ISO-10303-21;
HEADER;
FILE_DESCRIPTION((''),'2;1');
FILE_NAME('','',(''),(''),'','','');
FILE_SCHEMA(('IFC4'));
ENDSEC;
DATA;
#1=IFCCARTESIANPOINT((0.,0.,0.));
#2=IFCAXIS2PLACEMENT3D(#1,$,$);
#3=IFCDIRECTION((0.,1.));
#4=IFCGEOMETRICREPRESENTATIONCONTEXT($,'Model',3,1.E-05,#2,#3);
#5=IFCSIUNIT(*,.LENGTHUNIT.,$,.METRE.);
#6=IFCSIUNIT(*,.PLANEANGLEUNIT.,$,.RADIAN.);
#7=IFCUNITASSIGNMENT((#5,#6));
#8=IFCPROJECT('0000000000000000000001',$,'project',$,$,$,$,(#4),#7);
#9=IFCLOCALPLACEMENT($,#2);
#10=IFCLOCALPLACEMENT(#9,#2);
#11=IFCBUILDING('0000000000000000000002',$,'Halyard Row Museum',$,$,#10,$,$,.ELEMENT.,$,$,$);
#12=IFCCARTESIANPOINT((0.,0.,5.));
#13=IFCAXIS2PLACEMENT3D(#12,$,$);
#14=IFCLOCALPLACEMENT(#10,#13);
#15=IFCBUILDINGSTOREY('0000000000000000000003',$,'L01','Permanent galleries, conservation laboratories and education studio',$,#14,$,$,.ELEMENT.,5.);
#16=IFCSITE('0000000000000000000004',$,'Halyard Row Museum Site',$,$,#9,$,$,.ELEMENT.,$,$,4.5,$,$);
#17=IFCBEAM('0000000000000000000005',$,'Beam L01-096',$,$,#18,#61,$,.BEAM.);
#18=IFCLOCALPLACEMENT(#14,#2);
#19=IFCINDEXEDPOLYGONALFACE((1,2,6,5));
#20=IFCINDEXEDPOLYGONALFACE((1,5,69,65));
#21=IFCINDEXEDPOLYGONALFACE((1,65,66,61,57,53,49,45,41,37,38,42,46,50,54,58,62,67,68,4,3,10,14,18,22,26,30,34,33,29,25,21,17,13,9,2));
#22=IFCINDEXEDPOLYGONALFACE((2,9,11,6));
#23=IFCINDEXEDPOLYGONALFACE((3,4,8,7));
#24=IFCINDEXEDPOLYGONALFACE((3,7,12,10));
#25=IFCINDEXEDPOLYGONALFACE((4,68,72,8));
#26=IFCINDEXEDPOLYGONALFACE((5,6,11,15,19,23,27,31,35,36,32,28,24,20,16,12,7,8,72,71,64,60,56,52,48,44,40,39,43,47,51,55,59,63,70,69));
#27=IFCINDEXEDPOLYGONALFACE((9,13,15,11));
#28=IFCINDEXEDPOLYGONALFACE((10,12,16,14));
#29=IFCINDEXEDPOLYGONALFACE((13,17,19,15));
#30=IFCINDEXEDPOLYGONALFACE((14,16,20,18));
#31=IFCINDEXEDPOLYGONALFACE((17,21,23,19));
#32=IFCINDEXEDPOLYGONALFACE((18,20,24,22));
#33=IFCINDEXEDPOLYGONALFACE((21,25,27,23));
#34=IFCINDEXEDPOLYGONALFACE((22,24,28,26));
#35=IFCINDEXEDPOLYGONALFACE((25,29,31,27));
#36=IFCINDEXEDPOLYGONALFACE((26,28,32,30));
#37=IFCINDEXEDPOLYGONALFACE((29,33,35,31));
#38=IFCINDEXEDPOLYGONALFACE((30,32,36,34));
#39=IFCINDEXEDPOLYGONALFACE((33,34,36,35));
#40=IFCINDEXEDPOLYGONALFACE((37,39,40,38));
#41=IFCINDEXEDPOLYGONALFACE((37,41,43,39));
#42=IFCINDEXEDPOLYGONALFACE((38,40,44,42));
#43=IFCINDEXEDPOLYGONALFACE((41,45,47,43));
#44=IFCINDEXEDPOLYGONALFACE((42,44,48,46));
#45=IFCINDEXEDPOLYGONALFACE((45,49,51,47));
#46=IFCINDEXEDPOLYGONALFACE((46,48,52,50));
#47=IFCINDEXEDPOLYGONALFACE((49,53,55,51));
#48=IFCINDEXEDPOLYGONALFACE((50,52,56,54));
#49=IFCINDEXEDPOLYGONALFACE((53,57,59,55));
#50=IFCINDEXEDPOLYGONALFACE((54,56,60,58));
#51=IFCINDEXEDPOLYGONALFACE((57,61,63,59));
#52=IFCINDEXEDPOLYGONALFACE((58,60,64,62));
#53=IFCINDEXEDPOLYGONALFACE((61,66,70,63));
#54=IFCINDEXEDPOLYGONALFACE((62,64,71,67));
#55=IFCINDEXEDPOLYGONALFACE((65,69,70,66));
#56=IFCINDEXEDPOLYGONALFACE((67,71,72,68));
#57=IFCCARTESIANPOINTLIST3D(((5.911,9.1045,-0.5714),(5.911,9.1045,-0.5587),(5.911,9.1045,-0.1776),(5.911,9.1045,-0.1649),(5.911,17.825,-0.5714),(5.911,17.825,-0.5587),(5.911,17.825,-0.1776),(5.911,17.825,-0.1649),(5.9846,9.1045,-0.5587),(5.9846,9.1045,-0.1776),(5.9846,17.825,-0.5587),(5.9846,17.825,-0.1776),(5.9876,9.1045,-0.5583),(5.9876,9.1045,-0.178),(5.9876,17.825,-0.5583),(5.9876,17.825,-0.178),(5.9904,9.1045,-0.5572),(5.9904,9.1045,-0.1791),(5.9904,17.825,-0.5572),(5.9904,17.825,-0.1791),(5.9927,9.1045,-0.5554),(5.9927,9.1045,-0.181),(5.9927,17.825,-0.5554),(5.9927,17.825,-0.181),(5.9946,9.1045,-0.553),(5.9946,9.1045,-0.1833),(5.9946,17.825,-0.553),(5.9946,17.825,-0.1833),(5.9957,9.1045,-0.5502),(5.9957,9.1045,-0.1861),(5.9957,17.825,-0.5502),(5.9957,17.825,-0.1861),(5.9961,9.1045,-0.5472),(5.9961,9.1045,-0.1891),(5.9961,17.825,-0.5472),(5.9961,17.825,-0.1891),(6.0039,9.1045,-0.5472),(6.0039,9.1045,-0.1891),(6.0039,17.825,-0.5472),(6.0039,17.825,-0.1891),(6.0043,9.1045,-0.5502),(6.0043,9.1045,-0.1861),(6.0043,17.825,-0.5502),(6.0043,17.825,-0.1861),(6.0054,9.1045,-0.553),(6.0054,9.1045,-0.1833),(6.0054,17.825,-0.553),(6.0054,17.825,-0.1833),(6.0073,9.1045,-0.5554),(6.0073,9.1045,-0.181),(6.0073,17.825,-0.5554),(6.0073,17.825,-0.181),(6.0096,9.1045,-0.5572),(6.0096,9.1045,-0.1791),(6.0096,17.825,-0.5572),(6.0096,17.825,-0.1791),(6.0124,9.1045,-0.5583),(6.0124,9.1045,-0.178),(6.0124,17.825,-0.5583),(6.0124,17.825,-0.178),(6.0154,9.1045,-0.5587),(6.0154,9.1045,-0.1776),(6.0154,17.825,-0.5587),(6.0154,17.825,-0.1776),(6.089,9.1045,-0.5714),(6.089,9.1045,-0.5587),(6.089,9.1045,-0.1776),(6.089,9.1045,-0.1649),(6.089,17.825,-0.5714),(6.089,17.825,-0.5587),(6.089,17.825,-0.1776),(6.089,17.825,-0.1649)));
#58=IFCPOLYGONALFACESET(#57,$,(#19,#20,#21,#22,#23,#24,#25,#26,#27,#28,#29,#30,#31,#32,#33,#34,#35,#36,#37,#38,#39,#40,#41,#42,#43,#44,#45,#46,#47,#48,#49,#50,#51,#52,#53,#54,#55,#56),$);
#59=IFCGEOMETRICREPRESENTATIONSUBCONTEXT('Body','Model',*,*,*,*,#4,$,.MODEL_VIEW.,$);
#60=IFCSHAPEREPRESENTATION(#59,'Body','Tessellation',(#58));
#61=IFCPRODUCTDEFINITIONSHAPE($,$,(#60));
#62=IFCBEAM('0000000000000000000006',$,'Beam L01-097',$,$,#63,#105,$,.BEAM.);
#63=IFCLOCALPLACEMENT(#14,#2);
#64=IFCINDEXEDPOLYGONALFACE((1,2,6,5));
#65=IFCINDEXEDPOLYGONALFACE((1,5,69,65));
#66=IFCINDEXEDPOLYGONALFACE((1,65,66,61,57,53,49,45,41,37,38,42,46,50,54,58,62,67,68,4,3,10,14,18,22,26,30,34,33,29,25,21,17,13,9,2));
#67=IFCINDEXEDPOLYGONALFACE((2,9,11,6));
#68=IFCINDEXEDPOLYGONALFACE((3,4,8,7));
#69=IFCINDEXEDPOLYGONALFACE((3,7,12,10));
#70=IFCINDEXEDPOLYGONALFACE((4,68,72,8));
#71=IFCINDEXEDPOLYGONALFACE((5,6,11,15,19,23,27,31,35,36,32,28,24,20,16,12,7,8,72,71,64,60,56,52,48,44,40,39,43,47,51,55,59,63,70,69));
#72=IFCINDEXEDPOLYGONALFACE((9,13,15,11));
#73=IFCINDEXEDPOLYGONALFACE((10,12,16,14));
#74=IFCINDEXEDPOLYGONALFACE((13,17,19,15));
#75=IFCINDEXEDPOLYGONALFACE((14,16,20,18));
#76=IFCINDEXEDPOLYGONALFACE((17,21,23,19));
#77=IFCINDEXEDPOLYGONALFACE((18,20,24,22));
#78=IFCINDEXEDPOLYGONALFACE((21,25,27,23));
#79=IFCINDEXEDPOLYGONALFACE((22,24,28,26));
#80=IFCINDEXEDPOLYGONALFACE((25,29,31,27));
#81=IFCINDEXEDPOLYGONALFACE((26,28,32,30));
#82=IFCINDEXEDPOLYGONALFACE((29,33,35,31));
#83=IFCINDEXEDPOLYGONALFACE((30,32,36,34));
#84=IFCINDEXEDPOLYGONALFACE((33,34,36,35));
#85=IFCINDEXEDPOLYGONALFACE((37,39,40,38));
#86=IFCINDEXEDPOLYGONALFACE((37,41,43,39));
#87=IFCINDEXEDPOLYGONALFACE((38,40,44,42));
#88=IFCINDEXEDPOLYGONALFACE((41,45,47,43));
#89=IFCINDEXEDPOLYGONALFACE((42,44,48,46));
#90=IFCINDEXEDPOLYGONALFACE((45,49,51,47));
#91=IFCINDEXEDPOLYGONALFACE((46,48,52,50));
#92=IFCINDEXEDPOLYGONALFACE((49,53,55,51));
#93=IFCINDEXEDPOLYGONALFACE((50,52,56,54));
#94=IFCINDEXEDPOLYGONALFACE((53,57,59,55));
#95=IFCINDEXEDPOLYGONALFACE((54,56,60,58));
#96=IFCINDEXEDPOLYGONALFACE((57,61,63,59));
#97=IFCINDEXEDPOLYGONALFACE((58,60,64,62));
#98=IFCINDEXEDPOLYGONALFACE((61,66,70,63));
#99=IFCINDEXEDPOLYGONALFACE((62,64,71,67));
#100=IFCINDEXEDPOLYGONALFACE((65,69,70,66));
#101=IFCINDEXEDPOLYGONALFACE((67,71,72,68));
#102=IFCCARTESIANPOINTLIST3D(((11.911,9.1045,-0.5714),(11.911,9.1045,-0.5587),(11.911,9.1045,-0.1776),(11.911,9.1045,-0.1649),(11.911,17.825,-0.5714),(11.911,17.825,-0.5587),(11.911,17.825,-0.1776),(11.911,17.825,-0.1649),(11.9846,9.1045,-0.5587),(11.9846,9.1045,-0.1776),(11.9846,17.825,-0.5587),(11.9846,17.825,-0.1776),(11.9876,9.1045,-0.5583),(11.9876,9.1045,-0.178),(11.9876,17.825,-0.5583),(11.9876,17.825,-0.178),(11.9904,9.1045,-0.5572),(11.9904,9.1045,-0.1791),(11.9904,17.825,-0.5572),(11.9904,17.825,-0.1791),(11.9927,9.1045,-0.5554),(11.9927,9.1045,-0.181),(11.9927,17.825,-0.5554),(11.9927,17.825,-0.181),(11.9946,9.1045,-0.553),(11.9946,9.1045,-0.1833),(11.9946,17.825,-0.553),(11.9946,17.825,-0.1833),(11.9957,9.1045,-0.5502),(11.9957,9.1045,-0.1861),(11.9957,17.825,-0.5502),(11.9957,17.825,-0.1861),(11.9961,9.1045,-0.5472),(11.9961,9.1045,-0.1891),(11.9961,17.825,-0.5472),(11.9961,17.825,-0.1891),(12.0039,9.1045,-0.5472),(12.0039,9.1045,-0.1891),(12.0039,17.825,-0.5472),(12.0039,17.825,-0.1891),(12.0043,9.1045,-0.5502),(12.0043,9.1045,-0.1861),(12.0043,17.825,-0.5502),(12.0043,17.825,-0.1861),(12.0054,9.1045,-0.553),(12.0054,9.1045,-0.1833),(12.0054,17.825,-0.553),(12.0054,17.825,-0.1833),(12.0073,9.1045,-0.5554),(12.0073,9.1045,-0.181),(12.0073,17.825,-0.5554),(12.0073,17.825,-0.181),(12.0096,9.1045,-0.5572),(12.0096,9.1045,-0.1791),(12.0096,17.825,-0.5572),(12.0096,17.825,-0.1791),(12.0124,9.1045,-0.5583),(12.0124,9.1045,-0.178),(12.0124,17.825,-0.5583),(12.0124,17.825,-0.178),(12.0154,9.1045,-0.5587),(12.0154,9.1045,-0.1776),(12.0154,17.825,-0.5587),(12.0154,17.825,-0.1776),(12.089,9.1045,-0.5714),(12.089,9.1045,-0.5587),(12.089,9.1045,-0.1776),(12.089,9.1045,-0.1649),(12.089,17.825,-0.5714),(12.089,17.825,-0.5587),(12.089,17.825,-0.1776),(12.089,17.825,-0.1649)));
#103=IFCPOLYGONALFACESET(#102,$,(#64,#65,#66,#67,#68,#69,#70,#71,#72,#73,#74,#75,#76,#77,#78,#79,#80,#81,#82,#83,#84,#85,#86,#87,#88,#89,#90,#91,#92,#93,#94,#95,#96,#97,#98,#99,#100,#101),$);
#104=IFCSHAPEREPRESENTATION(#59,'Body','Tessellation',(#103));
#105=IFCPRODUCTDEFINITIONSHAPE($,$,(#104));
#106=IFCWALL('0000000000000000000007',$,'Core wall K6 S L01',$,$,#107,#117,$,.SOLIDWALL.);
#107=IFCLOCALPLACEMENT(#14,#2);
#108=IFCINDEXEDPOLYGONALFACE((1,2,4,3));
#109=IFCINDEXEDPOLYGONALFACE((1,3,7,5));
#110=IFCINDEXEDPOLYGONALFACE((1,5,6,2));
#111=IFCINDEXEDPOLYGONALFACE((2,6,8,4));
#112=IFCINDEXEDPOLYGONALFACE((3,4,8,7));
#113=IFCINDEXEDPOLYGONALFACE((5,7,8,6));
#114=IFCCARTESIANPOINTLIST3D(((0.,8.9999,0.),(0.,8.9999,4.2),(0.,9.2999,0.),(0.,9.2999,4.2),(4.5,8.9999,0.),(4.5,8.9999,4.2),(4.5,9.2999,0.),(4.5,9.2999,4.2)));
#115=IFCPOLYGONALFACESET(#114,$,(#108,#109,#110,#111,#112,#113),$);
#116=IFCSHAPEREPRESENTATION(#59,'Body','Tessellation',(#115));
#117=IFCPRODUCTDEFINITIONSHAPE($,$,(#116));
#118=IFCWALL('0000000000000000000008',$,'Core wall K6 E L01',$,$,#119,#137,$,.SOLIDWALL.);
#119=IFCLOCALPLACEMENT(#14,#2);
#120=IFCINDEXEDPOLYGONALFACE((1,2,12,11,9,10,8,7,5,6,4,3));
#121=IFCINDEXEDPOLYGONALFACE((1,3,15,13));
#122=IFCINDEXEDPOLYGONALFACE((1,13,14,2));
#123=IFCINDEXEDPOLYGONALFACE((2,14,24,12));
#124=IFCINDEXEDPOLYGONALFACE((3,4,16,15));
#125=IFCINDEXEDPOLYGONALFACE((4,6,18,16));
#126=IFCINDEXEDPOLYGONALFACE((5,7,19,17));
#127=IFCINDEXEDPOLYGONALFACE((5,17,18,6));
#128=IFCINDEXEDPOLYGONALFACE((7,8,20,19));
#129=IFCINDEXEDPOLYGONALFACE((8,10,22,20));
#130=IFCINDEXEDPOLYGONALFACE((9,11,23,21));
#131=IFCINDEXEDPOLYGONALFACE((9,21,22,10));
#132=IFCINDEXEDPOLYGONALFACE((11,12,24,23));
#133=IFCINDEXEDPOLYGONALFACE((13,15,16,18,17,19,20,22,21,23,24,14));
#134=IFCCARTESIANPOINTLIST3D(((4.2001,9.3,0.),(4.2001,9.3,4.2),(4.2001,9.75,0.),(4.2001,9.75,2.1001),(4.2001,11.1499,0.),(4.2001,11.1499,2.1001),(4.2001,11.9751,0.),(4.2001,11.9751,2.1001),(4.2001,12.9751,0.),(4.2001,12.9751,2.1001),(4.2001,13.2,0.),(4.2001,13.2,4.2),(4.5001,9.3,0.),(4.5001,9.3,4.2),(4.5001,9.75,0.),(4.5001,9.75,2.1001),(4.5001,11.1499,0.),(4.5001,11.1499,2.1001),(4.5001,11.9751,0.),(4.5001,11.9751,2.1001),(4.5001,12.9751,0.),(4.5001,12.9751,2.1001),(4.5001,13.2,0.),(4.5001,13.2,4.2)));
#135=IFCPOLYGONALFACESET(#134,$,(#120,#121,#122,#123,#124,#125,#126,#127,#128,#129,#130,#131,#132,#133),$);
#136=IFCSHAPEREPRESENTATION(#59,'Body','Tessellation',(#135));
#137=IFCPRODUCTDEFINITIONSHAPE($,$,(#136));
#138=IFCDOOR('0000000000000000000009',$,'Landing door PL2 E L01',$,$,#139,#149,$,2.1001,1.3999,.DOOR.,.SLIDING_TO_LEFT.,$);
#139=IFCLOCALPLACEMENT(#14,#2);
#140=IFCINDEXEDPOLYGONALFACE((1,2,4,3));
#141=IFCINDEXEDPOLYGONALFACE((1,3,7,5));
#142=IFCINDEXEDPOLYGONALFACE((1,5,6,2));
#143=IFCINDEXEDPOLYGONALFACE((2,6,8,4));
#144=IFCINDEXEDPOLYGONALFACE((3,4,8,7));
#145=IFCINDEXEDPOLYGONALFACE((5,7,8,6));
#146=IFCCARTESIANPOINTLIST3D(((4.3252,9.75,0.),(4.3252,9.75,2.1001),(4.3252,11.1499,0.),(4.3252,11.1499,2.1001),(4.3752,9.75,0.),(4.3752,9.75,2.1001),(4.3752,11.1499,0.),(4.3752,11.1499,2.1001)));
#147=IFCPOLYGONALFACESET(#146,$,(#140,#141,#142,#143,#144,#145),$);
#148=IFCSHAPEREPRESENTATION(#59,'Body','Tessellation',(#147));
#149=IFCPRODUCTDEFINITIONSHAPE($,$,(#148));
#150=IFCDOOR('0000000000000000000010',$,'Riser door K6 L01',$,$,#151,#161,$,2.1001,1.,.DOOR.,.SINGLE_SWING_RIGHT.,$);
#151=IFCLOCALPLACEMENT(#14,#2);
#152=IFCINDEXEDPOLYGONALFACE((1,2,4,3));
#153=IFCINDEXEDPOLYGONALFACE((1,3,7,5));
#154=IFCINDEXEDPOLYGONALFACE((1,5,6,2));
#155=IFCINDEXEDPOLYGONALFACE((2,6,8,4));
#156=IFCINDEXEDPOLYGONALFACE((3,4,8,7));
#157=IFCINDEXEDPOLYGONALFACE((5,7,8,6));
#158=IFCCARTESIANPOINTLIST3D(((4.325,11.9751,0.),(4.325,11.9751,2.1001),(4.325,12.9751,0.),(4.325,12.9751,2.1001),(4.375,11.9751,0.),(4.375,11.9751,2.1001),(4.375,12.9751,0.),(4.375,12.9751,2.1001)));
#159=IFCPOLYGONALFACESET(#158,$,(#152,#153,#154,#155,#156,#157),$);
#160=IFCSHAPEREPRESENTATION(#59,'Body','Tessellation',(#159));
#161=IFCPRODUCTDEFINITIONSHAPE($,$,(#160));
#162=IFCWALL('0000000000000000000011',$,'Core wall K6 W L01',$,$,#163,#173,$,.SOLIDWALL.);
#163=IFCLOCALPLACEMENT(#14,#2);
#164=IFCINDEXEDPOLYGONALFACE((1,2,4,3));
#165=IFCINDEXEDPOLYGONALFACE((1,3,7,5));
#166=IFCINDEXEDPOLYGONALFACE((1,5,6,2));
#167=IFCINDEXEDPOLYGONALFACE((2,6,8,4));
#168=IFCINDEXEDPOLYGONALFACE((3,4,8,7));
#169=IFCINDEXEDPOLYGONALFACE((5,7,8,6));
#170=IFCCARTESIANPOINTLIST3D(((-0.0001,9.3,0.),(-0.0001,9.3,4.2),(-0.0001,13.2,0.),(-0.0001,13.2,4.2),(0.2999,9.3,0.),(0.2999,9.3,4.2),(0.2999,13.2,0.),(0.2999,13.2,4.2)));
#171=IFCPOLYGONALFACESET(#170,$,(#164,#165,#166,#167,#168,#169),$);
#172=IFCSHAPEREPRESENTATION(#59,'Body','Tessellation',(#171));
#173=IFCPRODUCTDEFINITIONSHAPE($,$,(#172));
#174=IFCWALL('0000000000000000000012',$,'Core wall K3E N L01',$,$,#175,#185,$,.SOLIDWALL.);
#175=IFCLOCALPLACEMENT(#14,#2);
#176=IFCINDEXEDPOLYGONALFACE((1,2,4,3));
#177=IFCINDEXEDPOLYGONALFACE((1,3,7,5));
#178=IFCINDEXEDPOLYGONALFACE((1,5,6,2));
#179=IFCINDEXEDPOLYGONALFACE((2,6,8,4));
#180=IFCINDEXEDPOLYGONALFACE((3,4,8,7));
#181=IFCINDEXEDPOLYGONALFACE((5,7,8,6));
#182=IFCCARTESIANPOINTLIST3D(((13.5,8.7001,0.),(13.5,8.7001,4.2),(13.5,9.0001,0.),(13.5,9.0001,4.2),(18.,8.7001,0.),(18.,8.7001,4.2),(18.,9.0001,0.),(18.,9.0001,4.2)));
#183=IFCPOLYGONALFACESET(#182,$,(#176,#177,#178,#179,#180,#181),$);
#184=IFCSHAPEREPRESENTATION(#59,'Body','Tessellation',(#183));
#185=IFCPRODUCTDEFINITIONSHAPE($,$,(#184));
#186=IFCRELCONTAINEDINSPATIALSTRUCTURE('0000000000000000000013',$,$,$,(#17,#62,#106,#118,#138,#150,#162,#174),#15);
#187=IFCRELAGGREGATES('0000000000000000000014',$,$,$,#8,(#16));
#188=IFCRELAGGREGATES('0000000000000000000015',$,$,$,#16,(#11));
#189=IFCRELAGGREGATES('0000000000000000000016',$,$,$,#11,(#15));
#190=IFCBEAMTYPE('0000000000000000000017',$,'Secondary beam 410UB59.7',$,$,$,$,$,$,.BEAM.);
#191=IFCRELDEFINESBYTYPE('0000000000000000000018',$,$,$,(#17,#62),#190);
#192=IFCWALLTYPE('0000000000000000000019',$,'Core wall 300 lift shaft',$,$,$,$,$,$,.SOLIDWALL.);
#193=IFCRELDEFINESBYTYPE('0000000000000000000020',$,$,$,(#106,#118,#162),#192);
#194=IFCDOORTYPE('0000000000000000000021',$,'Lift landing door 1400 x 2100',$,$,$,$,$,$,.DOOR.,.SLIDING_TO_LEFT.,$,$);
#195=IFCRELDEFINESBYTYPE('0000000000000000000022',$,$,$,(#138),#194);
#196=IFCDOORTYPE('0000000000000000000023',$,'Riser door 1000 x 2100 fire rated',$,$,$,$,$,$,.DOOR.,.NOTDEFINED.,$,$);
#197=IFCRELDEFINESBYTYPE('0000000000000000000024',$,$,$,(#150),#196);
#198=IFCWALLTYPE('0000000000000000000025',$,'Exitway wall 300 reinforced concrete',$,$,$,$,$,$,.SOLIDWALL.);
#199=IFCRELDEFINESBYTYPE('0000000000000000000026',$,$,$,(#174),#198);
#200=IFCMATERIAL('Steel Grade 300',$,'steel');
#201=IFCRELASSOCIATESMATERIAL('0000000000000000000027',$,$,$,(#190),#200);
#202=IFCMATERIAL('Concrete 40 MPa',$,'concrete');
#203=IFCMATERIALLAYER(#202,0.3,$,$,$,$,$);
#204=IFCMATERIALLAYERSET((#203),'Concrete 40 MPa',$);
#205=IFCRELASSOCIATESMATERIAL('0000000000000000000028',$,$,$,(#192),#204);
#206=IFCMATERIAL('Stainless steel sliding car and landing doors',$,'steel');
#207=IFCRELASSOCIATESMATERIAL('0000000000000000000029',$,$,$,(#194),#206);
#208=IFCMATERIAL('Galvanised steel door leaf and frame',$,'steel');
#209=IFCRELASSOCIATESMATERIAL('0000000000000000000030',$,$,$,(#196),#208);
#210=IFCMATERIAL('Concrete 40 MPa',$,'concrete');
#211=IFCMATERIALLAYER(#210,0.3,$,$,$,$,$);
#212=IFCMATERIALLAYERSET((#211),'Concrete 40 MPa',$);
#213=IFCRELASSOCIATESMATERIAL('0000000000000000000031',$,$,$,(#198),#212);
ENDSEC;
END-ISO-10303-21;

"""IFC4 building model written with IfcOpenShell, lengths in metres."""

from ifc_helpers import new_model, si_unit, direction, frame, frame_2d, origin, origin_2d, place, context, subcontext, project, spatial, rectangle, i_section, extrude, material, layer, layer_set, material_profile, profile_set, type_object, element, fill, save


model = new_model("IFC4")

# Units and contexts
model_context = context("Model", 3, precision=1e-05, world=origin(), true_north=direction((0.0, 1.0)))
body_context = subcontext(model_context, "Body", "Model", "MODEL_VIEW")
ifc_project = project(units=[si_unit("LENGTHUNIT", "METRE"), si_unit("PLANEANGLEUNIT", "RADIAN")], contexts=[model_context])

# Site, building, storey
site_placement = place(None, origin())
site = spatial("IfcSite", under=ifc_project, at=site_placement, Name="Halyard Row Museum Site", CompositionType="ELEMENT", RefElevation=4.5)
building_placement = place(site_placement, origin())
building = spatial("IfcBuilding", under=site, at=building_placement, Name="Halyard Row Museum", CompositionType="ELEMENT")
storey_placement = place(building_placement, frame((0.0, 0.0, 5.0)))
storey = spatial("IfcBuildingStorey", under=building, at=storey_placement, Name="L01", Description="Permanent galleries, conservation laboratories and education studio", CompositionType="ELEMENT", Elevation=5.0)

# Beams
ifc_material_1 = material(Name="Steel Grade 300", Category="steel")
ifc_material_profile_1 = material_profile(ifc_material_1, i_section(OverallWidth=0.178, OverallDepth=0.4065, WebThickness=0.0078, FlangeThickness=0.0127, FilletRadius=0.0115, at=origin_2d()), Name="410UB59.7")
ifc_profile_set_1 = profile_set([ifc_material_profile_1], Name="Steel Grade 300")
beam_type_1 = type_object("IfcBeamType", Name="Secondary beam 410UB59.7", PredefinedType="BEAM", material=ifc_profile_set_1)
for number, where, z_axis, x_axis, name in (
    (1, (6.0, 9.1045, -0.3682), (0.0, 1.0, 0.0), (-1.0, 0.0, 0.0), "Beam L01-096"),
    (2, (12.0, 9.1045, -0.3682), (0.0, 1.0, 0.0), (-1.0, 0.0, 0.0), "Beam L01-097"),
):
    element("IfcBeam", number, at=place(storey_placement, frame(where, z_axis=z_axis, x_axis=x_axis)), inside=storey, type_object=beam_type_1, Name=name, PredefinedType="BEAM", context=body_context, shape_type="SweptSolid", body=[
        extrude(i_section(OverallWidth=0.178, OverallDepth=0.4065, WebThickness=0.0078, FlangeThickness=0.0127, FilletRadius=0.0115, at=origin_2d()), origin(), (0.0, 0.0, 1.0), 8.7205),
    ])

# Wall
ifc_material_2 = material(Name="Concrete 40 MPa", Category="concrete")
ifc_layer_1 = layer(ifc_material_2, 0.3)
ifc_layer_set_1 = layer_set([ifc_layer_1], Name="Concrete 40 MPa")
wall_type_1 = type_object("IfcWallType", Name="Core wall 300 lift shaft", PredefinedType="SOLIDWALL", material=ifc_layer_set_1)
wall_1_placement = place(storey_placement, frame((0.0, 9.1499, 0.0), z_axis=(0.0, 0.0, 1.0), x_axis=(1.0, 0.0, 0.0)))
element("IfcWall", 3, at=wall_1_placement, inside=storey, type_object=wall_type_1, Name="Core wall K6 S L01", PredefinedType="SOLIDWALL", context=body_context, shape_type="SweptSolid", body=[
    extrude(rectangle(XDim=4.5, YDim=0.3, at=frame_2d((2.25, 0.0))), origin(), (0.0, 0.0, 1.0), 4.2),
])

# Wall, openings, doors
wall_2_placement = place(storey_placement, frame((4.3501, 9.3, 0.0), z_axis=(0.0, 0.0, 1.0), x_axis=(0.0, 1.0, 0.0)))
wall_2 = element("IfcWall", 4, at=wall_2_placement, inside=storey, type_object=wall_type_1, Name="Core wall K6 E L01", PredefinedType="SOLIDWALL", context=body_context, shape_type="SweptSolid", body=[
    extrude(rectangle(XDim=3.8999, YDim=0.3, at=frame_2d((1.95, 0.0))), origin(), (0.0, 0.0, 1.0), 4.2),
])
opening_1_placement = place(wall_2_placement, frame((0.45, 0.0, 0.0)))
opening_1 = element("IfcOpeningElement", 5, at=opening_1_placement, cuts=wall_2, PredefinedType="OPENING", context=body_context, shape_type="SweptSolid", body=[
    extrude(rectangle(XDim=1.3999, YDim=2.1001, at=frame_2d((0.7, 1.05))), frame((0.0, 0.1599, 0.0), z_axis=(0.0, -1.0, 0.0), x_axis=(1.0, 0.0, 0.0)), (0.0, 0.0, 1.0), 0.3201),
])
opening_2_placement = place(wall_2_placement, frame((2.675, 0.0, 0.0)))
opening_2 = element("IfcOpeningElement", 6, at=opening_2_placement, cuts=wall_2, PredefinedType="OPENING", context=body_context, shape_type="SweptSolid", body=[
    extrude(rectangle(XDim=1.0, YDim=2.1001, at=frame_2d((0.5, 1.05))), frame((0.0, 0.1599, 0.0), z_axis=(0.0, -1.0, 0.0), x_axis=(1.0, 0.0, 0.0)), (0.0, 0.0, 1.0), 0.3201),
])
ifc_material_3 = material(Name="Stainless steel sliding car and landing doors", Category="steel")
door_type_1 = type_object("IfcDoorType", Name="Lift landing door 1400 x 2100", OperationType="SLIDING_TO_LEFT", PredefinedType="DOOR", material=ifc_material_3)
door_1_placement = place(opening_1_placement, origin())
door_1 = element("IfcDoor", 7, at=door_1_placement, inside=storey, type_object=door_type_1, Name="Landing door PL2 E L01", OperationType="SLIDING_TO_LEFT", OverallHeight=2.1001, OverallWidth=1.3999, PredefinedType="DOOR", context=body_context, shape_type="SweptSolid", body=[
    extrude(rectangle(XDim=1.3999, YDim=2.1001, at=frame_2d((0.7, 1.05))), frame((0.0, 0.0249, 0.0), z_axis=(0.0, -1.0, 0.0), x_axis=(1.0, 0.0, 0.0)), (0.0, 0.0, 1.0), 0.05),
])
fill(opening_1, door_1)
ifc_material_4 = material(Name="Galvanised steel door leaf and frame", Category="steel")
door_type_2 = type_object("IfcDoorType", Name="Riser door 1000 x 2100 fire rated", OperationType="NOTDEFINED", PredefinedType="DOOR", material=ifc_material_4)
door_2_placement = place(opening_2_placement, frame((1.0, 0.0, 0.0), z_axis=(0.0, 0.0, 1.0), x_axis=(-1.0, 0.0, 0.0)))
door_2 = element("IfcDoor", 8, at=door_2_placement, inside=storey, type_object=door_type_2, Name="Riser door K6 L01", OperationType="SINGLE_SWING_RIGHT", OverallHeight=2.1001, OverallWidth=1.0, PredefinedType="DOOR", context=body_context, shape_type="SweptSolid", body=[
    extrude(rectangle(XDim=1.0, YDim=2.1001, at=frame_2d((0.5, 1.05))), frame((0.0, 0.0249, 0.0), z_axis=(0.0, -1.0, 0.0), x_axis=(1.0, 0.0, 0.0)), (0.0, 0.0, 1.0), 0.05),
])
fill(opening_2, door_2)

# Walls
wall_3_placement = place(storey_placement, frame((0.1499, 9.3, 0.0), z_axis=(0.0, 0.0, 1.0), x_axis=(0.0, 1.0, 0.0)))
element("IfcWall", 9, at=wall_3_placement, inside=storey, type_object=wall_type_1, Name="Core wall K6 W L01", PredefinedType="SOLIDWALL", context=body_context, shape_type="SweptSolid", body=[
    extrude(rectangle(XDim=3.8999, YDim=0.3, at=frame_2d((1.95, 0.0))), origin(), (0.0, 0.0, 1.0), 4.2),
])
ifc_material_5 = material(Name="Concrete 40 MPa", Category="concrete")
ifc_layer_2 = layer(ifc_material_5, 0.3)
ifc_layer_set_2 = layer_set([ifc_layer_2], Name="Concrete 40 MPa")
wall_type_2 = type_object("IfcWallType", Name="Exitway wall 300 reinforced concrete", PredefinedType="SOLIDWALL", material=ifc_layer_set_2)
for number, where, z_axis, x_axis, name in (
    (10, (13.5, 8.8501, 0.0), (0.0, 0.0, 1.0), (1.0, 0.0, 0.0), "Core wall K3E N L01"),
):
    element("IfcWall", number, at=place(storey_placement, frame(where, z_axis=z_axis, x_axis=x_axis)), inside=storey, type_object=wall_type_2, Name=name, PredefinedType="SOLIDWALL", context=body_context, shape_type="SweptSolid", body=[
        extrude(rectangle(XDim=4.5, YDim=0.3, at=frame_2d((2.25, 0.0))), origin(), (0.0, 0.0, 1.0), 4.2),
    ])

save(model, "model.ifc")
